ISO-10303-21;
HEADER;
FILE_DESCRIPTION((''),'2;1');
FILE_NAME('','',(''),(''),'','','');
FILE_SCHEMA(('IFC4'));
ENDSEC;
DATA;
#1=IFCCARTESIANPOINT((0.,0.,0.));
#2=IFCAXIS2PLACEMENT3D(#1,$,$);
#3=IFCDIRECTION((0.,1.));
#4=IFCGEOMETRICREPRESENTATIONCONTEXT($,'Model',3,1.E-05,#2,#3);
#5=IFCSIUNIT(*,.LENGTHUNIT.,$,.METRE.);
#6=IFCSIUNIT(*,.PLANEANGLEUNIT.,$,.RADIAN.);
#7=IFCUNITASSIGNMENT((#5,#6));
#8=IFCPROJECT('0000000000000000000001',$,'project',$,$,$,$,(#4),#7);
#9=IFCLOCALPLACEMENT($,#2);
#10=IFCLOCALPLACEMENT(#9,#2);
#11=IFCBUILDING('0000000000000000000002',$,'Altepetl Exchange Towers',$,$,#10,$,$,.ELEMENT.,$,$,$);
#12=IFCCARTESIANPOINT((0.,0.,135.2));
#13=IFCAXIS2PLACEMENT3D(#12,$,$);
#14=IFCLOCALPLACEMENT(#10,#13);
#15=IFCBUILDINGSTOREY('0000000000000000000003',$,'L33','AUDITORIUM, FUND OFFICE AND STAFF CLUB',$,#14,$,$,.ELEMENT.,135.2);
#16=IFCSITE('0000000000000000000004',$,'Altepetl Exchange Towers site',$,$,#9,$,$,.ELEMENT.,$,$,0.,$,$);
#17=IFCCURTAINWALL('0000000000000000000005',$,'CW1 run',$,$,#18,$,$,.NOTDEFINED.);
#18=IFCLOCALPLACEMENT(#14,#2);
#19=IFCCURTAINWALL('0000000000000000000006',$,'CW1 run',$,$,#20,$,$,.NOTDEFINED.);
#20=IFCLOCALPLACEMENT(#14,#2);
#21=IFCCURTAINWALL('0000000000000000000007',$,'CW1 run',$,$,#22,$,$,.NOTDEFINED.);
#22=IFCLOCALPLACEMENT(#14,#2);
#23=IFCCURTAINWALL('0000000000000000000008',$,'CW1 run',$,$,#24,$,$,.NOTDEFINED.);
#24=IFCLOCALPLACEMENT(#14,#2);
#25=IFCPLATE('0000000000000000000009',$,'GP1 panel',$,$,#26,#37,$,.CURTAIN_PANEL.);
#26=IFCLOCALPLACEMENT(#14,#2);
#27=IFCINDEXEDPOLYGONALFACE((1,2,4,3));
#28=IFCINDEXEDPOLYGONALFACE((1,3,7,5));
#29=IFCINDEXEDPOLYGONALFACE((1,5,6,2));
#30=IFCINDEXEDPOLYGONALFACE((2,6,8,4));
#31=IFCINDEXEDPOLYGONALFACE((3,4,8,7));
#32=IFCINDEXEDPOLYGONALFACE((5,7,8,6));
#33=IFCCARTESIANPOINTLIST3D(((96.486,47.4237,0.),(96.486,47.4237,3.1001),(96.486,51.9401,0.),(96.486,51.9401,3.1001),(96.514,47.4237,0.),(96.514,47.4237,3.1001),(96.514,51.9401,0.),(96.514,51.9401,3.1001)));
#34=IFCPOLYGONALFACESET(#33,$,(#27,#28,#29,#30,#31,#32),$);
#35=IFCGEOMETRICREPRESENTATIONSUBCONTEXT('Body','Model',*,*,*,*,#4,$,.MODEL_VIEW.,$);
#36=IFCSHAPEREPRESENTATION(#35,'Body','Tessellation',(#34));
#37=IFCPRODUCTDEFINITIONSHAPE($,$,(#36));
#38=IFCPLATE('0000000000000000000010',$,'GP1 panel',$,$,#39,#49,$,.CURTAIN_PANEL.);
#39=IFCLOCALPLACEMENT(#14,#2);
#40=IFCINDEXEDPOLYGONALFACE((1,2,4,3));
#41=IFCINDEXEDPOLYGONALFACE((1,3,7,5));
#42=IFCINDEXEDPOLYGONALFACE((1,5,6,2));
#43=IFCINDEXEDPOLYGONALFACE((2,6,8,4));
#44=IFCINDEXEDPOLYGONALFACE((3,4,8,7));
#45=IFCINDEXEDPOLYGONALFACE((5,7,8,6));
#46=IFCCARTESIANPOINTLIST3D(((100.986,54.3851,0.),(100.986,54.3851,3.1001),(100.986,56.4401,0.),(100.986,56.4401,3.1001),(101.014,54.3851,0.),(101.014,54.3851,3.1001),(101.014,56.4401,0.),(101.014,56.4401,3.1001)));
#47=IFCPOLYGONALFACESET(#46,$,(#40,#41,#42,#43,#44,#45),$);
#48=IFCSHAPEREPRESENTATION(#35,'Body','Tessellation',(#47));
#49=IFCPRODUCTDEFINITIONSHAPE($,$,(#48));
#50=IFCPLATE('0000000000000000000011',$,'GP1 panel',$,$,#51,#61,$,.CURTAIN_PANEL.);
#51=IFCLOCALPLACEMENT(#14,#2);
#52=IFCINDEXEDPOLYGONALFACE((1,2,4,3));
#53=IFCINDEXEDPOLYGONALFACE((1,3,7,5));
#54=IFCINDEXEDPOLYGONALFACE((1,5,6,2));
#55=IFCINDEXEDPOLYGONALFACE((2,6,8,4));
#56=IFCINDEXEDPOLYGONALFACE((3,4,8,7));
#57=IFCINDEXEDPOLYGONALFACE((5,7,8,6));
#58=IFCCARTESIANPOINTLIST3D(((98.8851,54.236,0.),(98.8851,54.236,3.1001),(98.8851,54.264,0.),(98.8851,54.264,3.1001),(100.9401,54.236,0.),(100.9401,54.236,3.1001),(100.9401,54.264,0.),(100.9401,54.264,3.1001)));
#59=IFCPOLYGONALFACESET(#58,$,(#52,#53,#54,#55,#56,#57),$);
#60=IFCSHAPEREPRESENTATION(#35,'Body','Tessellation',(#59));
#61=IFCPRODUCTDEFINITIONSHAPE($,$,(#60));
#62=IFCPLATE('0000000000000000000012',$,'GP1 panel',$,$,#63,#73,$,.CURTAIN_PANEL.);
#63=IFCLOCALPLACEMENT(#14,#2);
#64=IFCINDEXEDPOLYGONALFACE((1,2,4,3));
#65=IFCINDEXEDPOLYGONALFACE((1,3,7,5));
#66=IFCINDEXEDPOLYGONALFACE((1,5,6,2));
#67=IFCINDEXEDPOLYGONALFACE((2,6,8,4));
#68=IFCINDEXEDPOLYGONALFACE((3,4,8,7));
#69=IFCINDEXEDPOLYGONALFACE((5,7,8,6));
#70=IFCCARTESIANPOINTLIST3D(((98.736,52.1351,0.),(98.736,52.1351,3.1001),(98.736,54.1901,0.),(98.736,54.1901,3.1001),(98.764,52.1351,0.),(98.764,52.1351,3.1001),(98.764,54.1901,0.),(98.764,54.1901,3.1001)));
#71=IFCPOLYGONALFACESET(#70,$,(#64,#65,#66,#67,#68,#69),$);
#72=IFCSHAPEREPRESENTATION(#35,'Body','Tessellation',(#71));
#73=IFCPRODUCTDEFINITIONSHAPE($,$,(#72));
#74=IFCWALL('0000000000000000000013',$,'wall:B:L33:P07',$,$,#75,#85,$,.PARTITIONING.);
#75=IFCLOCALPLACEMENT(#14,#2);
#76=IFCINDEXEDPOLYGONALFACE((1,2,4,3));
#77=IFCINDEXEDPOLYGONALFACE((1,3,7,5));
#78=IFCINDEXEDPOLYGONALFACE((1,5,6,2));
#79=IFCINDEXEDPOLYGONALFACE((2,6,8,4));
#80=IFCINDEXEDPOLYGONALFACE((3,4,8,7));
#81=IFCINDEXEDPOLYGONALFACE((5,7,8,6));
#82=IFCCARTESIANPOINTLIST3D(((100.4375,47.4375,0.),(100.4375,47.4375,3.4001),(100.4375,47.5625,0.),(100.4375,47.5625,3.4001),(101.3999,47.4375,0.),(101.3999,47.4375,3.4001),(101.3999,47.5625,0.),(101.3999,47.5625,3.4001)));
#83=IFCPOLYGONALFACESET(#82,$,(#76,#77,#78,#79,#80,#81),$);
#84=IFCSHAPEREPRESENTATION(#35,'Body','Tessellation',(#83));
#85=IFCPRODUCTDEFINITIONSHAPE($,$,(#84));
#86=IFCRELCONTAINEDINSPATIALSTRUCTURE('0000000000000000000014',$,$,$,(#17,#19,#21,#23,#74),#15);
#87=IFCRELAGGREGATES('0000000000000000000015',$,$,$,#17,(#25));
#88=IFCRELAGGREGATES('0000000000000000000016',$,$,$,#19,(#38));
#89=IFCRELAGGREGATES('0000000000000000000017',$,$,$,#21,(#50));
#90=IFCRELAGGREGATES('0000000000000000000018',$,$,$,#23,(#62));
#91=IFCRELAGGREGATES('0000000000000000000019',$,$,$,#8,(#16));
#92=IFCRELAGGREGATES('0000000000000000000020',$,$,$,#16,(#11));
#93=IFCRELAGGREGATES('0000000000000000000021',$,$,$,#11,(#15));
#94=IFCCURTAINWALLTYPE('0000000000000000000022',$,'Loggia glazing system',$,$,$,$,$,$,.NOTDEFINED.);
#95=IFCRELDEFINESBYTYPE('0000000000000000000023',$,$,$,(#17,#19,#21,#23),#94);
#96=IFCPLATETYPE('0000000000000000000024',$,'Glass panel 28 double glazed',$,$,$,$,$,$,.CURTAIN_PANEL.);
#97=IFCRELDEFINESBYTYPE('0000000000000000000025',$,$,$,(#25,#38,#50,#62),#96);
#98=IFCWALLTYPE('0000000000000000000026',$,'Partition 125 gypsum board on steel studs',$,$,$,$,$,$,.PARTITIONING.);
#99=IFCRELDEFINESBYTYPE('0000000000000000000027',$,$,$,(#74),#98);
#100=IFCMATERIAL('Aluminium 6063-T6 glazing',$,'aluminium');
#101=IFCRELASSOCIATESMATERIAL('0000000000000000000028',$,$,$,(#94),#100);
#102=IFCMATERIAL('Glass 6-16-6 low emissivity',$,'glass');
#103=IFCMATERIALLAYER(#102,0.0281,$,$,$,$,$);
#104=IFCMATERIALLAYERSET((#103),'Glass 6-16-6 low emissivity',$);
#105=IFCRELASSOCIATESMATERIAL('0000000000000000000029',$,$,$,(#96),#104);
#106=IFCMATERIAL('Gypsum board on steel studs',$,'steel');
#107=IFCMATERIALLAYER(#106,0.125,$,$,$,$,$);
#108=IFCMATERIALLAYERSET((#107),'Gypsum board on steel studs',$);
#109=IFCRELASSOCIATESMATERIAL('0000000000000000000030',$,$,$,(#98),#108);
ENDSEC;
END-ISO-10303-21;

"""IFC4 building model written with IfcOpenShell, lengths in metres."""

from ifc_helpers import new_model, si_unit, direction, frame, frame_2d, origin, origin_2d, place, context, subcontext, project, spatial, rectangle, extrude, material, layer, layer_set, type_object, element, aggregate, save


model = new_model("IFC4")

# Units and contexts
model_context = context("Model", 3, precision=1e-05, world=origin(), true_north=direction((0.0, 1.0)))
body_context = subcontext(model_context, "Body", "Model", "MODEL_VIEW")
ifc_project = project(units=[si_unit("LENGTHUNIT", "METRE"), si_unit("PLANEANGLEUNIT", "RADIAN")], contexts=[model_context])

# Site, building, storey
site_placement = place(None, origin())
site = spatial("IfcSite", under=ifc_project, at=site_placement, Name="Altepetl Exchange Towers site", CompositionType="ELEMENT", RefElevation=0.0)
building_placement = place(site_placement, origin())
building = spatial("IfcBuilding", under=site, at=building_placement, Name="Altepetl Exchange Towers", CompositionType="ELEMENT")
storey_placement = place(building_placement, frame((0.0, 0.0, 135.2)))
storey = spatial("IfcBuildingStorey", under=building, at=storey_placement, Name="L33", Description="AUDITORIUM, FUND OFFICE AND STAFF CLUB", CompositionType="ELEMENT", Elevation=135.2)

# Curtain walls
ifc_material_1 = material(Name="Aluminium 6063-T6 glazing", Category="aluminium")
curtain_wall_type = type_object("IfcCurtainWallType", Name="Loggia glazing system", PredefinedType="NOTDEFINED", material=ifc_material_1)
curtain_wall_1_placement = place(storey_placement, origin())
curtain_wall_1 = element("IfcCurtainWall", 1, at=curtain_wall_1_placement, inside=storey, type_object=curtain_wall_type, Name="CW1 run", PredefinedType="NOTDEFINED")
curtain_wall_2_placement = place(storey_placement, origin())
curtain_wall_2 = element("IfcCurtainWall", 2, at=curtain_wall_2_placement, inside=storey, type_object=curtain_wall_type, Name="CW1 run", PredefinedType="NOTDEFINED")
curtain_wall_3_placement = place(storey_placement, origin())
curtain_wall_3 = element("IfcCurtainWall", 3, at=curtain_wall_3_placement, inside=storey, type_object=curtain_wall_type, Name="CW1 run", PredefinedType="NOTDEFINED")
curtain_wall_4_placement = place(storey_placement, origin())
curtain_wall_4 = element("IfcCurtainWall", 4, at=curtain_wall_4_placement, inside=storey, type_object=curtain_wall_type, Name="CW1 run", PredefinedType="NOTDEFINED")

# Plates
ifc_material_2 = material(Name="Glass 6-16-6 low emissivity", Category="glass")
ifc_layer_1 = layer(ifc_material_2, 0.0281)
ifc_layer_set_1 = layer_set([ifc_layer_1], Name="Glass 6-16-6 low emissivity")
plate_type = type_object("IfcPlateType", Name="Glass panel 28 double glazed", PredefinedType="CURTAIN_PANEL", material=ifc_layer_set_1)
plate_1_placement = place(storey_placement, frame((96.5, 49.6819, 0.0), z_axis=(0.0, 0.0, 1.0), x_axis=(0.0, -1.0, 0.0)))
plate_1 = element("IfcPlate", 5, at=plate_1_placement, type_object=plate_type, Name="GP1 panel", PredefinedType="CURTAIN_PANEL", context=body_context, shape_type="SweptSolid", body=[
    extrude(rectangle(XDim=4.5164, YDim=0.0281, at=origin_2d()), origin(), (0.0, 0.0, 1.0), 3.1001),
])
aggregate(curtain_wall_1, [plate_1])
plate_2_placement = place(storey_placement, frame((101.0, 55.4126, 0.0), z_axis=(0.0, 0.0, 1.0), x_axis=(0.0, -1.0, 0.0)))
plate_2 = element("IfcPlate", 6, at=plate_2_placement, type_object=plate_type, Name="GP1 panel", PredefinedType="CURTAIN_PANEL", context=body_context, shape_type="SweptSolid", body=[
    extrude(rectangle(XDim=2.0549, YDim=0.0281, at=origin_2d()), origin(), (0.0, 0.0, 1.0), 3.1001),
])
aggregate(curtain_wall_2, [plate_2])
plate_3_placement = place(storey_placement, frame((99.9126, 54.25, 0.0), z_axis=(0.0, 0.0, 1.0), x_axis=(-1.0, 0.0, 0.0)))
plate_3 = element("IfcPlate", 7, at=plate_3_placement, type_object=plate_type, Name="GP1 panel", PredefinedType="CURTAIN_PANEL", context=body_context, shape_type="SweptSolid", body=[
    extrude(rectangle(XDim=2.0549, YDim=0.0281, at=origin_2d()), origin(), (0.0, 0.0, 1.0), 3.1001),
])
aggregate(curtain_wall_3, [plate_3])
plate_4_placement = place(storey_placement, frame((98.75, 53.1626, 0.0), z_axis=(0.0, 0.0, 1.0), x_axis=(0.0, -1.0, 0.0)))
plate_4 = element("IfcPlate", 8, at=plate_4_placement, type_object=plate_type, Name="GP1 panel", PredefinedType="CURTAIN_PANEL", context=body_context, shape_type="SweptSolid", body=[
    extrude(rectangle(XDim=2.0549, YDim=0.0281, at=origin_2d()), origin(), (0.0, 0.0, 1.0), 3.1001),
])
aggregate(curtain_wall_4, [plate_4])

# Wall
ifc_material_3 = material(Name="Gypsum board on steel studs", Category="steel")
ifc_layer_2 = layer(ifc_material_3, 0.125)
ifc_layer_set_2 = layer_set([ifc_layer_2], Name="Gypsum board on steel studs")
wall_type = type_object("IfcWallType", Name="Partition 125 gypsum board on steel studs", PredefinedType="PARTITIONING", material=ifc_layer_set_2)
wall_placement = place(storey_placement, frame((100.4375, 47.5, 0.0)))
element("IfcWall", 9, at=wall_placement, inside=storey, type_object=wall_type, Name="wall:B:L33:P07", PredefinedType="PARTITIONING", context=body_context, shape_type="SweptSolid", body=[
    extrude(rectangle(XDim=0.9624, YDim=0.125, at=frame_2d((0.4812, 0.0))), origin(), (0.0, 0.0, 1.0), 3.4001),
])

save(model, "model.ifc")
